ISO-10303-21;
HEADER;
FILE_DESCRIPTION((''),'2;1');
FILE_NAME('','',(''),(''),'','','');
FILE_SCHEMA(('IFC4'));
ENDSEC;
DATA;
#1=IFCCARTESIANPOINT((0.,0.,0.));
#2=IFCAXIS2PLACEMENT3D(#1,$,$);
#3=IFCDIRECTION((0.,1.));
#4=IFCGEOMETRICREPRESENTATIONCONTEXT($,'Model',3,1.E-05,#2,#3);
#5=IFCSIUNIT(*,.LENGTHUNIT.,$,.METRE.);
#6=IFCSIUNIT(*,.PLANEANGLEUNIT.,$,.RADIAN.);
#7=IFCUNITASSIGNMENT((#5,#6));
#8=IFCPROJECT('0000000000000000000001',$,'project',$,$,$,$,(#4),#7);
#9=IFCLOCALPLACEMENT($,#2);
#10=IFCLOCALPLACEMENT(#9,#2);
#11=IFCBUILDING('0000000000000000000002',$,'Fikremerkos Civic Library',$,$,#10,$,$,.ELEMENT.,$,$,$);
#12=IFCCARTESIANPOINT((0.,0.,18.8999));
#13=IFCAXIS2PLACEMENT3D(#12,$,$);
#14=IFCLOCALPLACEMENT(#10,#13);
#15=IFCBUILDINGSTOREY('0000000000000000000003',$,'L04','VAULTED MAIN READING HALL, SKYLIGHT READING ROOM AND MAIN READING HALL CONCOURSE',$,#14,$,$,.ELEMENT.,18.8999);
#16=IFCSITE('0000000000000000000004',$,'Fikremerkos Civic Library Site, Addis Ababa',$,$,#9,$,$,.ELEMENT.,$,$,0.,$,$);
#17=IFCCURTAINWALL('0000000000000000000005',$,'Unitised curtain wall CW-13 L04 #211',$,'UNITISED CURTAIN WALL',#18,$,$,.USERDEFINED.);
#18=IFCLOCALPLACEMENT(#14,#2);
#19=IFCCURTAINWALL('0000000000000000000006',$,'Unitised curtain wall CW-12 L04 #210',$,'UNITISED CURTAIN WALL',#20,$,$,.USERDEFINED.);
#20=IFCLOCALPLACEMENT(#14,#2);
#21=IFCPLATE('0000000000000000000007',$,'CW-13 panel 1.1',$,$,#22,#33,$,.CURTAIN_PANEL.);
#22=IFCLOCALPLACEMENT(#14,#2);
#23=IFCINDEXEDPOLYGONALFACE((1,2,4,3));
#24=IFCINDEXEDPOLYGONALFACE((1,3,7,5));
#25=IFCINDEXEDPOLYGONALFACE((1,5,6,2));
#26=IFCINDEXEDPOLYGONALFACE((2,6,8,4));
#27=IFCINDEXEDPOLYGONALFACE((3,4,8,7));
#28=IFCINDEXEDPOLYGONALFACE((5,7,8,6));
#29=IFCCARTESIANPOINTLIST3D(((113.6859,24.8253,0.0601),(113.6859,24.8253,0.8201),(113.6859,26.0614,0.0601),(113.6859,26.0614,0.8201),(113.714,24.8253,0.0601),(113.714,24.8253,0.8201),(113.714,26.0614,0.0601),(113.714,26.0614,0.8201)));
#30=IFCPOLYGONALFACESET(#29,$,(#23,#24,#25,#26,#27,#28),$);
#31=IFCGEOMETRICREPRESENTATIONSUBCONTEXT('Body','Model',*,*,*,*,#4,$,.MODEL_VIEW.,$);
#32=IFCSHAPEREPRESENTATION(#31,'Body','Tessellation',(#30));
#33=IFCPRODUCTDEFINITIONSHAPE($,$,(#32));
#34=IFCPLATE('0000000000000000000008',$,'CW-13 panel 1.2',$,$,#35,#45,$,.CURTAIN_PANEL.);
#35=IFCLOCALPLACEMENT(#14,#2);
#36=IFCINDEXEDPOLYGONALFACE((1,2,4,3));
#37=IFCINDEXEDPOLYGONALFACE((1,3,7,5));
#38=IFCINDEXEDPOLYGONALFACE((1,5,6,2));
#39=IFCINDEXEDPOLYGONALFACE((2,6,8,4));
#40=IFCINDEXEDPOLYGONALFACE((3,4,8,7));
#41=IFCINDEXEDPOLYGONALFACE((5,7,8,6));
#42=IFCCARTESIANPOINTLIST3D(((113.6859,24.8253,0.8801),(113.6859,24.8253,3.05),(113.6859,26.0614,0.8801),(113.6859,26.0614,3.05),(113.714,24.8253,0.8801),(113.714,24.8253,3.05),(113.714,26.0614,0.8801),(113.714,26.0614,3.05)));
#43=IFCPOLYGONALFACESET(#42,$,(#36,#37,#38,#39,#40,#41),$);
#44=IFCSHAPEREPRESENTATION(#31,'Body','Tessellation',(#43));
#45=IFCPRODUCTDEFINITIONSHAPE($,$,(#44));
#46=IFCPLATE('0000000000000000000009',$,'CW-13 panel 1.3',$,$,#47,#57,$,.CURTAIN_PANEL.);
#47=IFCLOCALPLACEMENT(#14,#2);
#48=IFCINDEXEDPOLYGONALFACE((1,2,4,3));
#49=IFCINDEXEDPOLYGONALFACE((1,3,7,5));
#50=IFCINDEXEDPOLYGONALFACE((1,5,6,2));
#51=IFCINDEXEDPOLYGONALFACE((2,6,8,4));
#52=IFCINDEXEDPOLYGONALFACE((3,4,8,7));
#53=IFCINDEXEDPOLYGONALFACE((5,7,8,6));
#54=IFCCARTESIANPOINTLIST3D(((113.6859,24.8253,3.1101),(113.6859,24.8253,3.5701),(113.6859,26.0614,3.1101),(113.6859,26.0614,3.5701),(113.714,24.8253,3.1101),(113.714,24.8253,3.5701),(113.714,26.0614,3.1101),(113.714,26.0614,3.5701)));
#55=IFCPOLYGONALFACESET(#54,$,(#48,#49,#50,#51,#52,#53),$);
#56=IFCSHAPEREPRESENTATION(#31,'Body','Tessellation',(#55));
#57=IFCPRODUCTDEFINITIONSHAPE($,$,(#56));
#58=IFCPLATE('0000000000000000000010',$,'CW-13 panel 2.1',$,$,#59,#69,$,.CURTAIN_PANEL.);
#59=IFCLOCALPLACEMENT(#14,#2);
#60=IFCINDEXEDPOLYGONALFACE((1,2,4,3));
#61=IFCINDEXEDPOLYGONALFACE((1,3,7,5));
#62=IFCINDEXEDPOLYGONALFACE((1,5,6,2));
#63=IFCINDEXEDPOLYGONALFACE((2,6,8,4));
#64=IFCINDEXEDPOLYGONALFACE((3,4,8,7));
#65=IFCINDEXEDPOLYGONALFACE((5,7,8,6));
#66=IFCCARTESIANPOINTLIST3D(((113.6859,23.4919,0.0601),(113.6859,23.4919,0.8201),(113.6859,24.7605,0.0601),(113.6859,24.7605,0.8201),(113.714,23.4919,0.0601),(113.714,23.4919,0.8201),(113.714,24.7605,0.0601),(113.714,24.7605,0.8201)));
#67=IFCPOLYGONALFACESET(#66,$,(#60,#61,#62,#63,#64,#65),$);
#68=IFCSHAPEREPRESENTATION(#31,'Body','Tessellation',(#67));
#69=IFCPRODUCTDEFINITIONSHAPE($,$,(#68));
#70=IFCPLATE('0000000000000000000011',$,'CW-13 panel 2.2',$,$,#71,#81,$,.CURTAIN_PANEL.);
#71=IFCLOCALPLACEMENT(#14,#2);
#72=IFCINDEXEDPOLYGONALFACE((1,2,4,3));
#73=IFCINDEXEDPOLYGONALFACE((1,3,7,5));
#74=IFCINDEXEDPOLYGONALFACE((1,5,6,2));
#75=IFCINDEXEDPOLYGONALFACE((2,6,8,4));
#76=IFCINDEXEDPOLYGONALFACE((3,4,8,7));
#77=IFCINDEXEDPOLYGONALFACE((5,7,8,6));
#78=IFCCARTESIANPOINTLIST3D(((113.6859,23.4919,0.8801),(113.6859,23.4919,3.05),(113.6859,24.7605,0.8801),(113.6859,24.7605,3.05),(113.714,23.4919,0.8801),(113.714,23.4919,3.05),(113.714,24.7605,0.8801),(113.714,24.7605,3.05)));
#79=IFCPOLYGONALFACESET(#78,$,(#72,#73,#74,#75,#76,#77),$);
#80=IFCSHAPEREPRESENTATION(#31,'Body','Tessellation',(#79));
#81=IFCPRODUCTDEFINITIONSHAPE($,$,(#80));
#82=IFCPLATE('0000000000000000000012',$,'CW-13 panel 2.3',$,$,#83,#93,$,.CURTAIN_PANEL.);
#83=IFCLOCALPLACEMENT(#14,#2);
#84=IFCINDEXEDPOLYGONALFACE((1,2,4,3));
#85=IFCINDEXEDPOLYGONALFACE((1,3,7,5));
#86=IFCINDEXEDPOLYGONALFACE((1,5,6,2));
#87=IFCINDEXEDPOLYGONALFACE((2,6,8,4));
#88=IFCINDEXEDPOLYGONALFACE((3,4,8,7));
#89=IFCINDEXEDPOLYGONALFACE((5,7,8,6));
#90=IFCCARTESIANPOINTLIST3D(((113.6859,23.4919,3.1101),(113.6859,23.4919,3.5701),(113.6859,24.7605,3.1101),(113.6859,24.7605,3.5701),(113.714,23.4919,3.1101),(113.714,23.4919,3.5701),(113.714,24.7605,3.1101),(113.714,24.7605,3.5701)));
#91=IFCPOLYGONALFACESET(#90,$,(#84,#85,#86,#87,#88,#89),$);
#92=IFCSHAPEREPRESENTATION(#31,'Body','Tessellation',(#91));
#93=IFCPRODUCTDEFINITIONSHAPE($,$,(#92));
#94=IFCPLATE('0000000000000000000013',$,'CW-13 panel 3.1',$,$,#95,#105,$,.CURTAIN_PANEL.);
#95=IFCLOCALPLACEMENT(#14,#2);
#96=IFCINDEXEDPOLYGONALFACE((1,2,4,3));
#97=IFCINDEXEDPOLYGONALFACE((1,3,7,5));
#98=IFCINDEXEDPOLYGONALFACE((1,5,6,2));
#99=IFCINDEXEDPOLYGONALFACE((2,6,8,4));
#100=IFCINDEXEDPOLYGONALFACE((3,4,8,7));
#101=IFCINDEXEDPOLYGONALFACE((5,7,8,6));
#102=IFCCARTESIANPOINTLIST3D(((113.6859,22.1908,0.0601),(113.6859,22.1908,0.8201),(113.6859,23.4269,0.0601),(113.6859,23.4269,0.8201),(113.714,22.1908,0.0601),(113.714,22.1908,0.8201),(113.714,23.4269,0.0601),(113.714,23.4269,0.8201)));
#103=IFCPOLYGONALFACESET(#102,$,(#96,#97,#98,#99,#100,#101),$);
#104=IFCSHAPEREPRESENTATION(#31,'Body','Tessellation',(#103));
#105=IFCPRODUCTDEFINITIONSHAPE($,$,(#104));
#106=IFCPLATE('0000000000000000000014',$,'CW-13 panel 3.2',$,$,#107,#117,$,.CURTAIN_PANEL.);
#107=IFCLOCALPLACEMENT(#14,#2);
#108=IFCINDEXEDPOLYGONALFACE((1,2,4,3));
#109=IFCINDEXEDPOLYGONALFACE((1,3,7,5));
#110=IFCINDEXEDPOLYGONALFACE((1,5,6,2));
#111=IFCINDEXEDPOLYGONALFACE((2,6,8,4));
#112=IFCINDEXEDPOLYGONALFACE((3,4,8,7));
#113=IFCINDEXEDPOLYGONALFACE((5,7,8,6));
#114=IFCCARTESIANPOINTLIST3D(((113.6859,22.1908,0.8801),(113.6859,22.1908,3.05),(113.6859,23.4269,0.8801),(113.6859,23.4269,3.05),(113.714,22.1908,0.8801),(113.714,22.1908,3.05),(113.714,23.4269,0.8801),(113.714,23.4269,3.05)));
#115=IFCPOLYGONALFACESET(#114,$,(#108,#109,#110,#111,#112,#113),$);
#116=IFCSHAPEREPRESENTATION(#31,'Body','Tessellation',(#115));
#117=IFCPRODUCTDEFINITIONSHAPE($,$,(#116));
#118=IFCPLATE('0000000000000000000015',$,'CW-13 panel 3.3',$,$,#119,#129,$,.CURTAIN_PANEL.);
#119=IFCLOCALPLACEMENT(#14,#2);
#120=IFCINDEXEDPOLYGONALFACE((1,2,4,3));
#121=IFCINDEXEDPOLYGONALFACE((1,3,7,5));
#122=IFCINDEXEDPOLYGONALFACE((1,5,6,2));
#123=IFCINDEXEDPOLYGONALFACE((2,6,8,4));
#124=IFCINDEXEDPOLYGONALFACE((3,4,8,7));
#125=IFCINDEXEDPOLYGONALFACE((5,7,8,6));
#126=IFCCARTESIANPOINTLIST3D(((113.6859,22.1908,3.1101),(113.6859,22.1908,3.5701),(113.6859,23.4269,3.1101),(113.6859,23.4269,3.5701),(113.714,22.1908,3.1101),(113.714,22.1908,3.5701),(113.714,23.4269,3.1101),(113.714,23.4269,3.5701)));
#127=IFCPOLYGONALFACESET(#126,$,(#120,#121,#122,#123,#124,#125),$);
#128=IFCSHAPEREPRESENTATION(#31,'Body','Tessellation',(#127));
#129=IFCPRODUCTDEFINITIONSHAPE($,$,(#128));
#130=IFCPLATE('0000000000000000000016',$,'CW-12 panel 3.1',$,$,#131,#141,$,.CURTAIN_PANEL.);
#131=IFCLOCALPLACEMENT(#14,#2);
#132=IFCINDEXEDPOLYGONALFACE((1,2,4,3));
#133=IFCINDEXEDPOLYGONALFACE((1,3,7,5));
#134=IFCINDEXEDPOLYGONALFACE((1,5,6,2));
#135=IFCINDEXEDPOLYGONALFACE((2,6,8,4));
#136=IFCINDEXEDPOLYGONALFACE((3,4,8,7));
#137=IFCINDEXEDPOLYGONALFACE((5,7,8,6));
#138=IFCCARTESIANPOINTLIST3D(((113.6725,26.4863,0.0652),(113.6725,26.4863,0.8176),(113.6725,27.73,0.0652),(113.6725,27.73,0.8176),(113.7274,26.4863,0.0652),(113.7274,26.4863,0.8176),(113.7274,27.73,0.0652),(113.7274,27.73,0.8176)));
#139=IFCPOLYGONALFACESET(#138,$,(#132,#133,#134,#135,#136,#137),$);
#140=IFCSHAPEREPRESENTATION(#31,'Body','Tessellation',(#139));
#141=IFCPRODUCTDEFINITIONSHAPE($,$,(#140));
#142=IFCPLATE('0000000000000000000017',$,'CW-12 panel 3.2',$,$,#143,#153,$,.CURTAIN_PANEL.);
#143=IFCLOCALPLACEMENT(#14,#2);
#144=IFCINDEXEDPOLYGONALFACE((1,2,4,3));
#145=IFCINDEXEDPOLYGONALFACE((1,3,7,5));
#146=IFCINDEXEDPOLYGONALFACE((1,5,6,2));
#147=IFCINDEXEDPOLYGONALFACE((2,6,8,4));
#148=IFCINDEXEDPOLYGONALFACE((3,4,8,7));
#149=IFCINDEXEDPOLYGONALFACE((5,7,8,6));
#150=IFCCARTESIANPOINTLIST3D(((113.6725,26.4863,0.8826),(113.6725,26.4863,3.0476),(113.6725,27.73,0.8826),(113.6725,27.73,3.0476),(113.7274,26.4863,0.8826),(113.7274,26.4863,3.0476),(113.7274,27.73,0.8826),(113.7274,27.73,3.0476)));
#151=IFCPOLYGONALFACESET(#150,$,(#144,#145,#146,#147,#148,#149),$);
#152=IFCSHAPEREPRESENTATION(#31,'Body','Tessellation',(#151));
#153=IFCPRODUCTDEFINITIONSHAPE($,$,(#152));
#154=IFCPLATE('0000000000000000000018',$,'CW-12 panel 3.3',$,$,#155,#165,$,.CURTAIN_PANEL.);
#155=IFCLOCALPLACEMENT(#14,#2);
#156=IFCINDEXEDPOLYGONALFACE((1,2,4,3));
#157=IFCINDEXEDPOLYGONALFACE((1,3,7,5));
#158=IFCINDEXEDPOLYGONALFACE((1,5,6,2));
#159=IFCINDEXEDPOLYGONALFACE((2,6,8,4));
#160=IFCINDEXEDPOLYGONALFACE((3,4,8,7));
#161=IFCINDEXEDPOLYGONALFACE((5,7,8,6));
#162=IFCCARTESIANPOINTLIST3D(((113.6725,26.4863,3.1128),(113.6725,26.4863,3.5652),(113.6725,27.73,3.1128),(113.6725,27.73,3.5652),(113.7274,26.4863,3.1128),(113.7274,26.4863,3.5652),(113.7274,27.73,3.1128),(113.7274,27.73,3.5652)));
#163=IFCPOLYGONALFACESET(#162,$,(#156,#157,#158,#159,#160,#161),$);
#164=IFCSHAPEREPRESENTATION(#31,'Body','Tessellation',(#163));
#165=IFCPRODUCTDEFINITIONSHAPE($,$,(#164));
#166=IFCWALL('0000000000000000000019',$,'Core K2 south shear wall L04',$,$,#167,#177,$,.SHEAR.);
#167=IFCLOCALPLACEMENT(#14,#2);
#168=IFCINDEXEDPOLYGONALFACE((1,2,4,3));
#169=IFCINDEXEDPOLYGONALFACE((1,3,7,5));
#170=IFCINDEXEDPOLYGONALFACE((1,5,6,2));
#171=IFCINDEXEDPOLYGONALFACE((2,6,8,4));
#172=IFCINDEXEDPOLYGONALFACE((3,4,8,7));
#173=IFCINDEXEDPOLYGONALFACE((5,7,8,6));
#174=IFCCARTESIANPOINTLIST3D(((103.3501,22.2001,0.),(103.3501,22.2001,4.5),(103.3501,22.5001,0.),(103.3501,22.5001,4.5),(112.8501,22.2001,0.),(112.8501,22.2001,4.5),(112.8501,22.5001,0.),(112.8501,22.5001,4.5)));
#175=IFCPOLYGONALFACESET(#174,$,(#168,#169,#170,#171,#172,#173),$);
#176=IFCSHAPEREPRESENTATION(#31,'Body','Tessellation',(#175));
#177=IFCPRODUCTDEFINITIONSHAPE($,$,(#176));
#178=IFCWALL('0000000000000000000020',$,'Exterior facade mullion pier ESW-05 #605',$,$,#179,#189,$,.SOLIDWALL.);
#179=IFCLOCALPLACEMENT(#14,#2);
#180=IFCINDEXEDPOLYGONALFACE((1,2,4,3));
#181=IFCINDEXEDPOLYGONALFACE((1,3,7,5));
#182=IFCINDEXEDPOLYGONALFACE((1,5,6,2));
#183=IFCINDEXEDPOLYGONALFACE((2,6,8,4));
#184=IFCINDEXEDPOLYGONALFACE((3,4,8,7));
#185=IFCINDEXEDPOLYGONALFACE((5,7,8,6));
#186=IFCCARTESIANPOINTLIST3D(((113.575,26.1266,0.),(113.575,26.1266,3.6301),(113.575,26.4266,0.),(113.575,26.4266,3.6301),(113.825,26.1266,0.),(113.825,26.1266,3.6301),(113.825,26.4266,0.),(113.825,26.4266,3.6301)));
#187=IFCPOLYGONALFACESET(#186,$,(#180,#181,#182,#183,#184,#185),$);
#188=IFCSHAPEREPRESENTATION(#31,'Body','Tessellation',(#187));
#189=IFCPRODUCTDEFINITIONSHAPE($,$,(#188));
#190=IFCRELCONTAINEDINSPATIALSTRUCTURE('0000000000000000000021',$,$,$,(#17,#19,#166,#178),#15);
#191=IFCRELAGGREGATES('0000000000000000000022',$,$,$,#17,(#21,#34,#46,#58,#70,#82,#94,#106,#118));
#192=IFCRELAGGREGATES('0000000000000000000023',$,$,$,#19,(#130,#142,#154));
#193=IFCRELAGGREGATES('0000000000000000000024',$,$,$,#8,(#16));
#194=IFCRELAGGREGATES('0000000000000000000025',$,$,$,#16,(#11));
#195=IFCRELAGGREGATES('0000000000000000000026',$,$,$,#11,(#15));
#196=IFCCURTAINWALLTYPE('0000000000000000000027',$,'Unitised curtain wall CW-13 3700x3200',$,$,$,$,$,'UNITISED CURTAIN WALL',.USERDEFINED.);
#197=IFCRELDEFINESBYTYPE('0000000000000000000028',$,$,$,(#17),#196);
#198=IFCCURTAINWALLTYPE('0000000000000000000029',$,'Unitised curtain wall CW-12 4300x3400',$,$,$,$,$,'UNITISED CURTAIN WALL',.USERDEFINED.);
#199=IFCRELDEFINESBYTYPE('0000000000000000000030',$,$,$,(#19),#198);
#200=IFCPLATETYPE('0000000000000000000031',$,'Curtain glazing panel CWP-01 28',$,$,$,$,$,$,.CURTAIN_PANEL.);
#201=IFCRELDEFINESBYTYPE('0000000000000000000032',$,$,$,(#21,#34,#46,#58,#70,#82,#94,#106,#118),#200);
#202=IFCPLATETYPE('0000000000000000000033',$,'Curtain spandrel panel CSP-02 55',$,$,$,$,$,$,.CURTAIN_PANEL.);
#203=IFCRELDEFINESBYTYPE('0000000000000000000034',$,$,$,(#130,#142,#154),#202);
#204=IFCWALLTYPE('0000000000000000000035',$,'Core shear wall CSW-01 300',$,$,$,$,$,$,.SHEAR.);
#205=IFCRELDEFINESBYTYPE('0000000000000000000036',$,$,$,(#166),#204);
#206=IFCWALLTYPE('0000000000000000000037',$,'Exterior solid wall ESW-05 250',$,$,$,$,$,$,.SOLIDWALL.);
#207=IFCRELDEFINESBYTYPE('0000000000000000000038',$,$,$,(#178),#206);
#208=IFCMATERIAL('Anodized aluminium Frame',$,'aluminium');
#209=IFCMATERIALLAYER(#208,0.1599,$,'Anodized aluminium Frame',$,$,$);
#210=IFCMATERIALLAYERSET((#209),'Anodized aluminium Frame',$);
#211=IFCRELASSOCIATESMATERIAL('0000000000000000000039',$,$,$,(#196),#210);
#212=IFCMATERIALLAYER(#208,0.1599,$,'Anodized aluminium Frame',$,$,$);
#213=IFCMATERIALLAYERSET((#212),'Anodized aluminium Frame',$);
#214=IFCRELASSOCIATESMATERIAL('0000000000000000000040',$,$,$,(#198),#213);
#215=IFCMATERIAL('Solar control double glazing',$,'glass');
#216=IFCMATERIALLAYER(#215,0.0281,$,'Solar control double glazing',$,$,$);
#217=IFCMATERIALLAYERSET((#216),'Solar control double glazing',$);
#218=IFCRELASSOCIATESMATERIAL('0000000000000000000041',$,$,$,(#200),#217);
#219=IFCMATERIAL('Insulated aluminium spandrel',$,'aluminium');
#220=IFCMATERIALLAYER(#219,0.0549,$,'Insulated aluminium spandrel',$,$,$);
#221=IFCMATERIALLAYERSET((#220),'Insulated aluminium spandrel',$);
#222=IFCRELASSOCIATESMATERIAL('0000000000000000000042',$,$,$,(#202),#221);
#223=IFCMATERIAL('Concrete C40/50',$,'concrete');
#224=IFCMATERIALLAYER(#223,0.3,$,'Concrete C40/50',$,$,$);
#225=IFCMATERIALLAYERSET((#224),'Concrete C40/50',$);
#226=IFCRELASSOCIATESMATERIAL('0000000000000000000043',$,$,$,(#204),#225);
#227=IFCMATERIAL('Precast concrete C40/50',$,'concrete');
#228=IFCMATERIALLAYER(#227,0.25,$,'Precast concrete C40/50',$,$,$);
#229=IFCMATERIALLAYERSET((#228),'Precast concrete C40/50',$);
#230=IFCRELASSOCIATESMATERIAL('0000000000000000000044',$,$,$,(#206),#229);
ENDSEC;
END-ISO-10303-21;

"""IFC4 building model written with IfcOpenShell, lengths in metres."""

from ifc_helpers import new_model, si_unit, direction, frame, frame_2d, origin, origin_2d, place, context, subcontext, project, spatial, rectangle, extrude, material, layer, layer_set, type_object, element, aggregate, save


model = new_model("IFC4")

# Units and contexts
model_context = context("Model", 3, precision=1e-05, world=origin(), true_north=direction((0.0, 1.0)))
body_context = subcontext(model_context, "Body", "Model", "MODEL_VIEW")
ifc_project = project(units=[si_unit("LENGTHUNIT", "METRE"), si_unit("PLANEANGLEUNIT", "RADIAN")], contexts=[model_context])

# Site, building, storey
site_placement = place(None, origin())
site = spatial("IfcSite", under=ifc_project, at=site_placement, Name="Fikremerkos Civic Library Site, Addis Ababa", CompositionType="ELEMENT", RefElevation=0.0)
building_placement = place(site_placement, origin())
building = spatial("IfcBuilding", under=site, at=building_placement, Name="Fikremerkos Civic Library", CompositionType="ELEMENT")
storey_placement = place(building_placement, frame((0.0, 0.0, 18.8999)))
storey = spatial("IfcBuildingStorey", under=building, at=storey_placement, Name="L04", Description="VAULTED MAIN READING HALL, SKYLIGHT READING ROOM AND MAIN READING HALL CONCOURSE", CompositionType="ELEMENT", Elevation=18.8999)

# Curtain walls
ifc_material_1 = material(Name="Anodized aluminium Frame", Category="aluminium")
ifc_layer_1 = layer(ifc_material_1, 0.1599, Name="Anodized aluminium Frame")
ifc_layer_set_1 = layer_set([ifc_layer_1], Name="Anodized aluminium Frame")
curtain_wall_type_1 = type_object("IfcCurtainWallType", Name="Unitised curtain wall CW-13 3700x3200", ElementType="UNITISED CURTAIN WALL", PredefinedType="USERDEFINED", material=ifc_layer_set_1)
curtain_wall_1_placement = place(storey_placement, origin())
curtain_wall_1 = element("IfcCurtainWall", 1, at=curtain_wall_1_placement, inside=storey, type_object=curtain_wall_type_1, Name="Unitised curtain wall CW-13 L04 #211", ObjectType="UNITISED CURTAIN WALL", PredefinedType="USERDEFINED")
ifc_layer_2 = layer(ifc_material_1, 0.1599, Name="Anodized aluminium Frame")
ifc_layer_set_2 = layer_set([ifc_layer_2], Name="Anodized aluminium Frame")
curtain_wall_type_2 = type_object("IfcCurtainWallType", Name="Unitised curtain wall CW-12 4300x3400", ElementType="UNITISED CURTAIN WALL", PredefinedType="USERDEFINED", material=ifc_layer_set_2)
curtain_wall_2_placement = place(storey_placement, origin())
curtain_wall_2 = element("IfcCurtainWall", 2, at=curtain_wall_2_placement, inside=storey, type_object=curtain_wall_type_2, Name="Unitised curtain wall CW-12 L04 #210", ObjectType="UNITISED CURTAIN WALL", PredefinedType="USERDEFINED")

# Plates
ifc_material_2 = material(Name="Solar control double glazing", Category="glass")
ifc_layer_3 = layer(ifc_material_2, 0.0281, Name="Solar control double glazing")
ifc_layer_set_3 = layer_set([ifc_layer_3], Name="Solar control double glazing")
plate_type_1 = type_object("IfcPlateType", Name="Curtain glazing panel CWP-01 28", PredefinedType="CURTAIN_PANEL", material=ifc_layer_set_3)
plate_1_placement = place(storey_placement, frame((113.7, 25.4434, 0.0601), z_axis=(0.0, 0.0, 1.0), x_axis=(0.0, -1.0, 0.0)))
plate_1 = element("IfcPlate", 3, at=plate_1_placement, type_object=plate_type_1, Name="CW-13 panel 1.1", PredefinedType="CURTAIN_PANEL", context=body_context, shape_type="SweptSolid", body=[
    extrude(rectangle(XDim=1.2361, YDim=0.0281, at=origin_2d()), origin(), (0.0, 0.0, 1.0), 0.76),
])
plate_2_placement = place(storey_placement, frame((113.7, 25.4434, 0.8801), z_axis=(0.0, 0.0, 1.0), x_axis=(0.0, -1.0, 0.0)))
plate_2 = element("IfcPlate", 4, at=plate_2_placement, type_object=plate_type_1, Name="CW-13 panel 1.2", PredefinedType="CURTAIN_PANEL", context=body_context, shape_type="SweptSolid", body=[
    extrude(rectangle(XDim=1.2361, YDim=0.0281, at=origin_2d()), origin(), (0.0, 0.0, 1.0), 2.1699),
])
plate_3_placement = place(storey_placement, frame((113.7, 25.4434, 3.1101), z_axis=(0.0, 0.0, 1.0), x_axis=(0.0, -1.0, 0.0)))
plate_3 = element("IfcPlate", 5, at=plate_3_placement, type_object=plate_type_1, Name="CW-13 panel 1.3", PredefinedType="CURTAIN_PANEL", context=body_context, shape_type="SweptSolid", body=[
    extrude(rectangle(XDim=1.2361, YDim=0.0281, at=origin_2d()), origin(), (0.0, 0.0, 1.0), 0.46),
])
plate_4_placement = place(storey_placement, frame((113.7, 24.1262, 0.0601), z_axis=(0.0, 0.0, 1.0), x_axis=(0.0, -1.0, 0.0)))
plate_4 = element("IfcPlate", 6, at=plate_4_placement, type_object=plate_type_1, Name="CW-13 panel 2.1", PredefinedType="CURTAIN_PANEL", context=body_context, shape_type="SweptSolid", body=[
    extrude(rectangle(XDim=1.2686, YDim=0.0281, at=origin_2d()), origin(), (0.0, 0.0, 1.0), 0.76),
])
plate_5_placement = place(storey_placement, frame((113.7, 24.1262, 0.8801), z_axis=(0.0, 0.0, 1.0), x_axis=(0.0, -1.0, 0.0)))
plate_5 = element("IfcPlate", 7, at=plate_5_placement, type_object=plate_type_1, Name="CW-13 panel 2.2", PredefinedType="CURTAIN_PANEL", context=body_context, shape_type="SweptSolid", body=[
    extrude(rectangle(XDim=1.2686, YDim=0.0281, at=origin_2d()), origin(), (0.0, 0.0, 1.0), 2.1699),
])
plate_6_placement = place(storey_placement, frame((113.7, 24.1262, 3.1101), z_axis=(0.0, 0.0, 1.0), x_axis=(0.0, -1.0, 0.0)))
plate_6 = element("IfcPlate", 8, at=plate_6_placement, type_object=plate_type_1, Name="CW-13 panel 2.3", PredefinedType="CURTAIN_PANEL", context=body_context, shape_type="SweptSolid", body=[
    extrude(rectangle(XDim=1.2686, YDim=0.0281, at=origin_2d()), origin(), (0.0, 0.0, 1.0), 0.46),
])
plate_7_placement = place(storey_placement, frame((113.7, 22.8088, 0.0601), z_axis=(0.0, 0.0, 1.0), x_axis=(0.0, -1.0, 0.0)))
plate_7 = element("IfcPlate", 9, at=plate_7_placement, type_object=plate_type_1, Name="CW-13 panel 3.1", PredefinedType="CURTAIN_PANEL", context=body_context, shape_type="SweptSolid", body=[
    extrude(rectangle(XDim=1.2361, YDim=0.0281, at=origin_2d()), origin(), (0.0, 0.0, 1.0), 0.76),
])
plate_8_placement = place(storey_placement, frame((113.7, 22.8088, 0.8801), z_axis=(0.0, 0.0, 1.0), x_axis=(0.0, -1.0, 0.0)))
plate_8 = element("IfcPlate", 10, at=plate_8_placement, type_object=plate_type_1, Name="CW-13 panel 3.2", PredefinedType="CURTAIN_PANEL", context=body_context, shape_type="SweptSolid", body=[
    extrude(rectangle(XDim=1.2361, YDim=0.0281, at=origin_2d()), origin(), (0.0, 0.0, 1.0), 2.1699),
])
plate_9_placement = place(storey_placement, frame((113.7, 22.8088, 3.1101), z_axis=(0.0, 0.0, 1.0), x_axis=(0.0, -1.0, 0.0)))
plate_9 = element("IfcPlate", 11, at=plate_9_placement, type_object=plate_type_1, Name="CW-13 panel 3.3", PredefinedType="CURTAIN_PANEL", context=body_context, shape_type="SweptSolid", body=[
    extrude(rectangle(XDim=1.2361, YDim=0.0281, at=origin_2d()), origin(), (0.0, 0.0, 1.0), 0.46),
])
aggregate(curtain_wall_1, [plate_1, plate_2, plate_3, plate_4, plate_5, plate_6, plate_7, plate_8, plate_9])
ifc_material_3 = material(Name="Insulated aluminium spandrel", Category="aluminium")
ifc_layer_4 = layer(ifc_material_3, 0.0549, Name="Insulated aluminium spandrel")
ifc_layer_set_4 = layer_set([ifc_layer_4], Name="Insulated aluminium spandrel")
plate_type_2 = type_object("IfcPlateType", Name="Curtain spandrel panel CSP-02 55", PredefinedType="CURTAIN_PANEL", material=ifc_layer_set_4)
plate_10_placement = place(storey_placement, frame((113.7, 27.1082, 0.0652), z_axis=(0.0, 0.0, 1.0), x_axis=(0.0, -1.0, 0.0)))
plate_10 = element("IfcPlate", 12, at=plate_10_placement, type_object=plate_type_2, Name="CW-12 panel 3.1", PredefinedType="CURTAIN_PANEL", context=body_context, shape_type="SweptSolid", body=[
    extrude(rectangle(XDim=1.2437, YDim=0.0549, at=origin_2d()), origin(), (0.0, 0.0, 1.0), 0.7524),
])
plate_11_placement = place(storey_placement, frame((113.7, 27.1082, 0.8826), z_axis=(0.0, 0.0, 1.0), x_axis=(0.0, -1.0, 0.0)))
plate_11 = element("IfcPlate", 13, at=plate_11_placement, type_object=plate_type_2, Name="CW-12 panel 3.2", PredefinedType="CURTAIN_PANEL", context=body_context, shape_type="SweptSolid", body=[
    extrude(rectangle(XDim=1.2437, YDim=0.0549, at=origin_2d()), origin(), (0.0, 0.0, 1.0), 2.165),
])
plate_12_placement = place(storey_placement, frame((113.7, 27.1082, 3.1128), z_axis=(0.0, 0.0, 1.0), x_axis=(0.0, -1.0, 0.0)))
plate_12 = element("IfcPlate", 14, at=plate_12_placement, type_object=plate_type_2, Name="CW-12 panel 3.3", PredefinedType="CURTAIN_PANEL", context=body_context, shape_type="SweptSolid", body=[
    extrude(rectangle(XDim=1.2437, YDim=0.0549, at=origin_2d()), origin(), (0.0, 0.0, 1.0), 0.4524),
])
aggregate(curtain_wall_2, [plate_10, plate_11, plate_12])

# Walls
ifc_material_4 = material(Name="Concrete C40/50", Category="concrete")
ifc_layer_5 = layer(ifc_material_4, 0.3, Name="Concrete C40/50")
ifc_layer_set_5 = layer_set([ifc_layer_5], Name="Concrete C40/50")
wall_type_1 = type_object("IfcWallType", Name="Core shear wall CSW-01 300", PredefinedType="SHEAR", material=ifc_layer_set_5)
wall_1_placement = place(storey_placement, frame((112.8501, 22.3501, 0.0), z_axis=(0.0, 0.0, 1.0), x_axis=(-1.0, 0.0, 0.0)))
element("IfcWall", 15, at=wall_1_placement, inside=storey, type_object=wall_type_1, Name="Core K2 south shear wall L04", PredefinedType="SHEAR", context=body_context, shape_type="SweptSolid", body=[
    extrude(rectangle(XDim=9.5, YDim=0.3, at=frame_2d((4.75, 0.0))), origin(), (0.0, 0.0, 1.0), 4.5),
])
ifc_material_5 = material(Name="Precast concrete C40/50", Category="concrete")
ifc_layer_6 = layer(ifc_material_5, 0.25, Name="Precast concrete C40/50")
ifc_layer_set_6 = layer_set([ifc_layer_6], Name="Precast concrete C40/50")
wall_type_2 = type_object("IfcWallType", Name="Exterior solid wall ESW-05 250", PredefinedType="SOLIDWALL", material=ifc_layer_set_6)
wall_2_placement = place(storey_placement, frame((113.7, 26.4265, 0.0), z_axis=(0.0, 0.0, 1.0), x_axis=(0.0, -1.0, 0.0)))
element("IfcWall", 16, at=wall_2_placement, inside=storey, type_object=wall_type_2, Name="Exterior facade mullion pier ESW-05 #605", PredefinedType="SOLIDWALL", context=body_context, shape_type="SweptSolid", body=[
    extrude(rectangle(XDim=0.3, YDim=0.25, at=frame_2d((0.1499, 0.0))), origin(), (0.0, 0.0, 1.0), 3.6301),
])

save(model, "model.ifc")
